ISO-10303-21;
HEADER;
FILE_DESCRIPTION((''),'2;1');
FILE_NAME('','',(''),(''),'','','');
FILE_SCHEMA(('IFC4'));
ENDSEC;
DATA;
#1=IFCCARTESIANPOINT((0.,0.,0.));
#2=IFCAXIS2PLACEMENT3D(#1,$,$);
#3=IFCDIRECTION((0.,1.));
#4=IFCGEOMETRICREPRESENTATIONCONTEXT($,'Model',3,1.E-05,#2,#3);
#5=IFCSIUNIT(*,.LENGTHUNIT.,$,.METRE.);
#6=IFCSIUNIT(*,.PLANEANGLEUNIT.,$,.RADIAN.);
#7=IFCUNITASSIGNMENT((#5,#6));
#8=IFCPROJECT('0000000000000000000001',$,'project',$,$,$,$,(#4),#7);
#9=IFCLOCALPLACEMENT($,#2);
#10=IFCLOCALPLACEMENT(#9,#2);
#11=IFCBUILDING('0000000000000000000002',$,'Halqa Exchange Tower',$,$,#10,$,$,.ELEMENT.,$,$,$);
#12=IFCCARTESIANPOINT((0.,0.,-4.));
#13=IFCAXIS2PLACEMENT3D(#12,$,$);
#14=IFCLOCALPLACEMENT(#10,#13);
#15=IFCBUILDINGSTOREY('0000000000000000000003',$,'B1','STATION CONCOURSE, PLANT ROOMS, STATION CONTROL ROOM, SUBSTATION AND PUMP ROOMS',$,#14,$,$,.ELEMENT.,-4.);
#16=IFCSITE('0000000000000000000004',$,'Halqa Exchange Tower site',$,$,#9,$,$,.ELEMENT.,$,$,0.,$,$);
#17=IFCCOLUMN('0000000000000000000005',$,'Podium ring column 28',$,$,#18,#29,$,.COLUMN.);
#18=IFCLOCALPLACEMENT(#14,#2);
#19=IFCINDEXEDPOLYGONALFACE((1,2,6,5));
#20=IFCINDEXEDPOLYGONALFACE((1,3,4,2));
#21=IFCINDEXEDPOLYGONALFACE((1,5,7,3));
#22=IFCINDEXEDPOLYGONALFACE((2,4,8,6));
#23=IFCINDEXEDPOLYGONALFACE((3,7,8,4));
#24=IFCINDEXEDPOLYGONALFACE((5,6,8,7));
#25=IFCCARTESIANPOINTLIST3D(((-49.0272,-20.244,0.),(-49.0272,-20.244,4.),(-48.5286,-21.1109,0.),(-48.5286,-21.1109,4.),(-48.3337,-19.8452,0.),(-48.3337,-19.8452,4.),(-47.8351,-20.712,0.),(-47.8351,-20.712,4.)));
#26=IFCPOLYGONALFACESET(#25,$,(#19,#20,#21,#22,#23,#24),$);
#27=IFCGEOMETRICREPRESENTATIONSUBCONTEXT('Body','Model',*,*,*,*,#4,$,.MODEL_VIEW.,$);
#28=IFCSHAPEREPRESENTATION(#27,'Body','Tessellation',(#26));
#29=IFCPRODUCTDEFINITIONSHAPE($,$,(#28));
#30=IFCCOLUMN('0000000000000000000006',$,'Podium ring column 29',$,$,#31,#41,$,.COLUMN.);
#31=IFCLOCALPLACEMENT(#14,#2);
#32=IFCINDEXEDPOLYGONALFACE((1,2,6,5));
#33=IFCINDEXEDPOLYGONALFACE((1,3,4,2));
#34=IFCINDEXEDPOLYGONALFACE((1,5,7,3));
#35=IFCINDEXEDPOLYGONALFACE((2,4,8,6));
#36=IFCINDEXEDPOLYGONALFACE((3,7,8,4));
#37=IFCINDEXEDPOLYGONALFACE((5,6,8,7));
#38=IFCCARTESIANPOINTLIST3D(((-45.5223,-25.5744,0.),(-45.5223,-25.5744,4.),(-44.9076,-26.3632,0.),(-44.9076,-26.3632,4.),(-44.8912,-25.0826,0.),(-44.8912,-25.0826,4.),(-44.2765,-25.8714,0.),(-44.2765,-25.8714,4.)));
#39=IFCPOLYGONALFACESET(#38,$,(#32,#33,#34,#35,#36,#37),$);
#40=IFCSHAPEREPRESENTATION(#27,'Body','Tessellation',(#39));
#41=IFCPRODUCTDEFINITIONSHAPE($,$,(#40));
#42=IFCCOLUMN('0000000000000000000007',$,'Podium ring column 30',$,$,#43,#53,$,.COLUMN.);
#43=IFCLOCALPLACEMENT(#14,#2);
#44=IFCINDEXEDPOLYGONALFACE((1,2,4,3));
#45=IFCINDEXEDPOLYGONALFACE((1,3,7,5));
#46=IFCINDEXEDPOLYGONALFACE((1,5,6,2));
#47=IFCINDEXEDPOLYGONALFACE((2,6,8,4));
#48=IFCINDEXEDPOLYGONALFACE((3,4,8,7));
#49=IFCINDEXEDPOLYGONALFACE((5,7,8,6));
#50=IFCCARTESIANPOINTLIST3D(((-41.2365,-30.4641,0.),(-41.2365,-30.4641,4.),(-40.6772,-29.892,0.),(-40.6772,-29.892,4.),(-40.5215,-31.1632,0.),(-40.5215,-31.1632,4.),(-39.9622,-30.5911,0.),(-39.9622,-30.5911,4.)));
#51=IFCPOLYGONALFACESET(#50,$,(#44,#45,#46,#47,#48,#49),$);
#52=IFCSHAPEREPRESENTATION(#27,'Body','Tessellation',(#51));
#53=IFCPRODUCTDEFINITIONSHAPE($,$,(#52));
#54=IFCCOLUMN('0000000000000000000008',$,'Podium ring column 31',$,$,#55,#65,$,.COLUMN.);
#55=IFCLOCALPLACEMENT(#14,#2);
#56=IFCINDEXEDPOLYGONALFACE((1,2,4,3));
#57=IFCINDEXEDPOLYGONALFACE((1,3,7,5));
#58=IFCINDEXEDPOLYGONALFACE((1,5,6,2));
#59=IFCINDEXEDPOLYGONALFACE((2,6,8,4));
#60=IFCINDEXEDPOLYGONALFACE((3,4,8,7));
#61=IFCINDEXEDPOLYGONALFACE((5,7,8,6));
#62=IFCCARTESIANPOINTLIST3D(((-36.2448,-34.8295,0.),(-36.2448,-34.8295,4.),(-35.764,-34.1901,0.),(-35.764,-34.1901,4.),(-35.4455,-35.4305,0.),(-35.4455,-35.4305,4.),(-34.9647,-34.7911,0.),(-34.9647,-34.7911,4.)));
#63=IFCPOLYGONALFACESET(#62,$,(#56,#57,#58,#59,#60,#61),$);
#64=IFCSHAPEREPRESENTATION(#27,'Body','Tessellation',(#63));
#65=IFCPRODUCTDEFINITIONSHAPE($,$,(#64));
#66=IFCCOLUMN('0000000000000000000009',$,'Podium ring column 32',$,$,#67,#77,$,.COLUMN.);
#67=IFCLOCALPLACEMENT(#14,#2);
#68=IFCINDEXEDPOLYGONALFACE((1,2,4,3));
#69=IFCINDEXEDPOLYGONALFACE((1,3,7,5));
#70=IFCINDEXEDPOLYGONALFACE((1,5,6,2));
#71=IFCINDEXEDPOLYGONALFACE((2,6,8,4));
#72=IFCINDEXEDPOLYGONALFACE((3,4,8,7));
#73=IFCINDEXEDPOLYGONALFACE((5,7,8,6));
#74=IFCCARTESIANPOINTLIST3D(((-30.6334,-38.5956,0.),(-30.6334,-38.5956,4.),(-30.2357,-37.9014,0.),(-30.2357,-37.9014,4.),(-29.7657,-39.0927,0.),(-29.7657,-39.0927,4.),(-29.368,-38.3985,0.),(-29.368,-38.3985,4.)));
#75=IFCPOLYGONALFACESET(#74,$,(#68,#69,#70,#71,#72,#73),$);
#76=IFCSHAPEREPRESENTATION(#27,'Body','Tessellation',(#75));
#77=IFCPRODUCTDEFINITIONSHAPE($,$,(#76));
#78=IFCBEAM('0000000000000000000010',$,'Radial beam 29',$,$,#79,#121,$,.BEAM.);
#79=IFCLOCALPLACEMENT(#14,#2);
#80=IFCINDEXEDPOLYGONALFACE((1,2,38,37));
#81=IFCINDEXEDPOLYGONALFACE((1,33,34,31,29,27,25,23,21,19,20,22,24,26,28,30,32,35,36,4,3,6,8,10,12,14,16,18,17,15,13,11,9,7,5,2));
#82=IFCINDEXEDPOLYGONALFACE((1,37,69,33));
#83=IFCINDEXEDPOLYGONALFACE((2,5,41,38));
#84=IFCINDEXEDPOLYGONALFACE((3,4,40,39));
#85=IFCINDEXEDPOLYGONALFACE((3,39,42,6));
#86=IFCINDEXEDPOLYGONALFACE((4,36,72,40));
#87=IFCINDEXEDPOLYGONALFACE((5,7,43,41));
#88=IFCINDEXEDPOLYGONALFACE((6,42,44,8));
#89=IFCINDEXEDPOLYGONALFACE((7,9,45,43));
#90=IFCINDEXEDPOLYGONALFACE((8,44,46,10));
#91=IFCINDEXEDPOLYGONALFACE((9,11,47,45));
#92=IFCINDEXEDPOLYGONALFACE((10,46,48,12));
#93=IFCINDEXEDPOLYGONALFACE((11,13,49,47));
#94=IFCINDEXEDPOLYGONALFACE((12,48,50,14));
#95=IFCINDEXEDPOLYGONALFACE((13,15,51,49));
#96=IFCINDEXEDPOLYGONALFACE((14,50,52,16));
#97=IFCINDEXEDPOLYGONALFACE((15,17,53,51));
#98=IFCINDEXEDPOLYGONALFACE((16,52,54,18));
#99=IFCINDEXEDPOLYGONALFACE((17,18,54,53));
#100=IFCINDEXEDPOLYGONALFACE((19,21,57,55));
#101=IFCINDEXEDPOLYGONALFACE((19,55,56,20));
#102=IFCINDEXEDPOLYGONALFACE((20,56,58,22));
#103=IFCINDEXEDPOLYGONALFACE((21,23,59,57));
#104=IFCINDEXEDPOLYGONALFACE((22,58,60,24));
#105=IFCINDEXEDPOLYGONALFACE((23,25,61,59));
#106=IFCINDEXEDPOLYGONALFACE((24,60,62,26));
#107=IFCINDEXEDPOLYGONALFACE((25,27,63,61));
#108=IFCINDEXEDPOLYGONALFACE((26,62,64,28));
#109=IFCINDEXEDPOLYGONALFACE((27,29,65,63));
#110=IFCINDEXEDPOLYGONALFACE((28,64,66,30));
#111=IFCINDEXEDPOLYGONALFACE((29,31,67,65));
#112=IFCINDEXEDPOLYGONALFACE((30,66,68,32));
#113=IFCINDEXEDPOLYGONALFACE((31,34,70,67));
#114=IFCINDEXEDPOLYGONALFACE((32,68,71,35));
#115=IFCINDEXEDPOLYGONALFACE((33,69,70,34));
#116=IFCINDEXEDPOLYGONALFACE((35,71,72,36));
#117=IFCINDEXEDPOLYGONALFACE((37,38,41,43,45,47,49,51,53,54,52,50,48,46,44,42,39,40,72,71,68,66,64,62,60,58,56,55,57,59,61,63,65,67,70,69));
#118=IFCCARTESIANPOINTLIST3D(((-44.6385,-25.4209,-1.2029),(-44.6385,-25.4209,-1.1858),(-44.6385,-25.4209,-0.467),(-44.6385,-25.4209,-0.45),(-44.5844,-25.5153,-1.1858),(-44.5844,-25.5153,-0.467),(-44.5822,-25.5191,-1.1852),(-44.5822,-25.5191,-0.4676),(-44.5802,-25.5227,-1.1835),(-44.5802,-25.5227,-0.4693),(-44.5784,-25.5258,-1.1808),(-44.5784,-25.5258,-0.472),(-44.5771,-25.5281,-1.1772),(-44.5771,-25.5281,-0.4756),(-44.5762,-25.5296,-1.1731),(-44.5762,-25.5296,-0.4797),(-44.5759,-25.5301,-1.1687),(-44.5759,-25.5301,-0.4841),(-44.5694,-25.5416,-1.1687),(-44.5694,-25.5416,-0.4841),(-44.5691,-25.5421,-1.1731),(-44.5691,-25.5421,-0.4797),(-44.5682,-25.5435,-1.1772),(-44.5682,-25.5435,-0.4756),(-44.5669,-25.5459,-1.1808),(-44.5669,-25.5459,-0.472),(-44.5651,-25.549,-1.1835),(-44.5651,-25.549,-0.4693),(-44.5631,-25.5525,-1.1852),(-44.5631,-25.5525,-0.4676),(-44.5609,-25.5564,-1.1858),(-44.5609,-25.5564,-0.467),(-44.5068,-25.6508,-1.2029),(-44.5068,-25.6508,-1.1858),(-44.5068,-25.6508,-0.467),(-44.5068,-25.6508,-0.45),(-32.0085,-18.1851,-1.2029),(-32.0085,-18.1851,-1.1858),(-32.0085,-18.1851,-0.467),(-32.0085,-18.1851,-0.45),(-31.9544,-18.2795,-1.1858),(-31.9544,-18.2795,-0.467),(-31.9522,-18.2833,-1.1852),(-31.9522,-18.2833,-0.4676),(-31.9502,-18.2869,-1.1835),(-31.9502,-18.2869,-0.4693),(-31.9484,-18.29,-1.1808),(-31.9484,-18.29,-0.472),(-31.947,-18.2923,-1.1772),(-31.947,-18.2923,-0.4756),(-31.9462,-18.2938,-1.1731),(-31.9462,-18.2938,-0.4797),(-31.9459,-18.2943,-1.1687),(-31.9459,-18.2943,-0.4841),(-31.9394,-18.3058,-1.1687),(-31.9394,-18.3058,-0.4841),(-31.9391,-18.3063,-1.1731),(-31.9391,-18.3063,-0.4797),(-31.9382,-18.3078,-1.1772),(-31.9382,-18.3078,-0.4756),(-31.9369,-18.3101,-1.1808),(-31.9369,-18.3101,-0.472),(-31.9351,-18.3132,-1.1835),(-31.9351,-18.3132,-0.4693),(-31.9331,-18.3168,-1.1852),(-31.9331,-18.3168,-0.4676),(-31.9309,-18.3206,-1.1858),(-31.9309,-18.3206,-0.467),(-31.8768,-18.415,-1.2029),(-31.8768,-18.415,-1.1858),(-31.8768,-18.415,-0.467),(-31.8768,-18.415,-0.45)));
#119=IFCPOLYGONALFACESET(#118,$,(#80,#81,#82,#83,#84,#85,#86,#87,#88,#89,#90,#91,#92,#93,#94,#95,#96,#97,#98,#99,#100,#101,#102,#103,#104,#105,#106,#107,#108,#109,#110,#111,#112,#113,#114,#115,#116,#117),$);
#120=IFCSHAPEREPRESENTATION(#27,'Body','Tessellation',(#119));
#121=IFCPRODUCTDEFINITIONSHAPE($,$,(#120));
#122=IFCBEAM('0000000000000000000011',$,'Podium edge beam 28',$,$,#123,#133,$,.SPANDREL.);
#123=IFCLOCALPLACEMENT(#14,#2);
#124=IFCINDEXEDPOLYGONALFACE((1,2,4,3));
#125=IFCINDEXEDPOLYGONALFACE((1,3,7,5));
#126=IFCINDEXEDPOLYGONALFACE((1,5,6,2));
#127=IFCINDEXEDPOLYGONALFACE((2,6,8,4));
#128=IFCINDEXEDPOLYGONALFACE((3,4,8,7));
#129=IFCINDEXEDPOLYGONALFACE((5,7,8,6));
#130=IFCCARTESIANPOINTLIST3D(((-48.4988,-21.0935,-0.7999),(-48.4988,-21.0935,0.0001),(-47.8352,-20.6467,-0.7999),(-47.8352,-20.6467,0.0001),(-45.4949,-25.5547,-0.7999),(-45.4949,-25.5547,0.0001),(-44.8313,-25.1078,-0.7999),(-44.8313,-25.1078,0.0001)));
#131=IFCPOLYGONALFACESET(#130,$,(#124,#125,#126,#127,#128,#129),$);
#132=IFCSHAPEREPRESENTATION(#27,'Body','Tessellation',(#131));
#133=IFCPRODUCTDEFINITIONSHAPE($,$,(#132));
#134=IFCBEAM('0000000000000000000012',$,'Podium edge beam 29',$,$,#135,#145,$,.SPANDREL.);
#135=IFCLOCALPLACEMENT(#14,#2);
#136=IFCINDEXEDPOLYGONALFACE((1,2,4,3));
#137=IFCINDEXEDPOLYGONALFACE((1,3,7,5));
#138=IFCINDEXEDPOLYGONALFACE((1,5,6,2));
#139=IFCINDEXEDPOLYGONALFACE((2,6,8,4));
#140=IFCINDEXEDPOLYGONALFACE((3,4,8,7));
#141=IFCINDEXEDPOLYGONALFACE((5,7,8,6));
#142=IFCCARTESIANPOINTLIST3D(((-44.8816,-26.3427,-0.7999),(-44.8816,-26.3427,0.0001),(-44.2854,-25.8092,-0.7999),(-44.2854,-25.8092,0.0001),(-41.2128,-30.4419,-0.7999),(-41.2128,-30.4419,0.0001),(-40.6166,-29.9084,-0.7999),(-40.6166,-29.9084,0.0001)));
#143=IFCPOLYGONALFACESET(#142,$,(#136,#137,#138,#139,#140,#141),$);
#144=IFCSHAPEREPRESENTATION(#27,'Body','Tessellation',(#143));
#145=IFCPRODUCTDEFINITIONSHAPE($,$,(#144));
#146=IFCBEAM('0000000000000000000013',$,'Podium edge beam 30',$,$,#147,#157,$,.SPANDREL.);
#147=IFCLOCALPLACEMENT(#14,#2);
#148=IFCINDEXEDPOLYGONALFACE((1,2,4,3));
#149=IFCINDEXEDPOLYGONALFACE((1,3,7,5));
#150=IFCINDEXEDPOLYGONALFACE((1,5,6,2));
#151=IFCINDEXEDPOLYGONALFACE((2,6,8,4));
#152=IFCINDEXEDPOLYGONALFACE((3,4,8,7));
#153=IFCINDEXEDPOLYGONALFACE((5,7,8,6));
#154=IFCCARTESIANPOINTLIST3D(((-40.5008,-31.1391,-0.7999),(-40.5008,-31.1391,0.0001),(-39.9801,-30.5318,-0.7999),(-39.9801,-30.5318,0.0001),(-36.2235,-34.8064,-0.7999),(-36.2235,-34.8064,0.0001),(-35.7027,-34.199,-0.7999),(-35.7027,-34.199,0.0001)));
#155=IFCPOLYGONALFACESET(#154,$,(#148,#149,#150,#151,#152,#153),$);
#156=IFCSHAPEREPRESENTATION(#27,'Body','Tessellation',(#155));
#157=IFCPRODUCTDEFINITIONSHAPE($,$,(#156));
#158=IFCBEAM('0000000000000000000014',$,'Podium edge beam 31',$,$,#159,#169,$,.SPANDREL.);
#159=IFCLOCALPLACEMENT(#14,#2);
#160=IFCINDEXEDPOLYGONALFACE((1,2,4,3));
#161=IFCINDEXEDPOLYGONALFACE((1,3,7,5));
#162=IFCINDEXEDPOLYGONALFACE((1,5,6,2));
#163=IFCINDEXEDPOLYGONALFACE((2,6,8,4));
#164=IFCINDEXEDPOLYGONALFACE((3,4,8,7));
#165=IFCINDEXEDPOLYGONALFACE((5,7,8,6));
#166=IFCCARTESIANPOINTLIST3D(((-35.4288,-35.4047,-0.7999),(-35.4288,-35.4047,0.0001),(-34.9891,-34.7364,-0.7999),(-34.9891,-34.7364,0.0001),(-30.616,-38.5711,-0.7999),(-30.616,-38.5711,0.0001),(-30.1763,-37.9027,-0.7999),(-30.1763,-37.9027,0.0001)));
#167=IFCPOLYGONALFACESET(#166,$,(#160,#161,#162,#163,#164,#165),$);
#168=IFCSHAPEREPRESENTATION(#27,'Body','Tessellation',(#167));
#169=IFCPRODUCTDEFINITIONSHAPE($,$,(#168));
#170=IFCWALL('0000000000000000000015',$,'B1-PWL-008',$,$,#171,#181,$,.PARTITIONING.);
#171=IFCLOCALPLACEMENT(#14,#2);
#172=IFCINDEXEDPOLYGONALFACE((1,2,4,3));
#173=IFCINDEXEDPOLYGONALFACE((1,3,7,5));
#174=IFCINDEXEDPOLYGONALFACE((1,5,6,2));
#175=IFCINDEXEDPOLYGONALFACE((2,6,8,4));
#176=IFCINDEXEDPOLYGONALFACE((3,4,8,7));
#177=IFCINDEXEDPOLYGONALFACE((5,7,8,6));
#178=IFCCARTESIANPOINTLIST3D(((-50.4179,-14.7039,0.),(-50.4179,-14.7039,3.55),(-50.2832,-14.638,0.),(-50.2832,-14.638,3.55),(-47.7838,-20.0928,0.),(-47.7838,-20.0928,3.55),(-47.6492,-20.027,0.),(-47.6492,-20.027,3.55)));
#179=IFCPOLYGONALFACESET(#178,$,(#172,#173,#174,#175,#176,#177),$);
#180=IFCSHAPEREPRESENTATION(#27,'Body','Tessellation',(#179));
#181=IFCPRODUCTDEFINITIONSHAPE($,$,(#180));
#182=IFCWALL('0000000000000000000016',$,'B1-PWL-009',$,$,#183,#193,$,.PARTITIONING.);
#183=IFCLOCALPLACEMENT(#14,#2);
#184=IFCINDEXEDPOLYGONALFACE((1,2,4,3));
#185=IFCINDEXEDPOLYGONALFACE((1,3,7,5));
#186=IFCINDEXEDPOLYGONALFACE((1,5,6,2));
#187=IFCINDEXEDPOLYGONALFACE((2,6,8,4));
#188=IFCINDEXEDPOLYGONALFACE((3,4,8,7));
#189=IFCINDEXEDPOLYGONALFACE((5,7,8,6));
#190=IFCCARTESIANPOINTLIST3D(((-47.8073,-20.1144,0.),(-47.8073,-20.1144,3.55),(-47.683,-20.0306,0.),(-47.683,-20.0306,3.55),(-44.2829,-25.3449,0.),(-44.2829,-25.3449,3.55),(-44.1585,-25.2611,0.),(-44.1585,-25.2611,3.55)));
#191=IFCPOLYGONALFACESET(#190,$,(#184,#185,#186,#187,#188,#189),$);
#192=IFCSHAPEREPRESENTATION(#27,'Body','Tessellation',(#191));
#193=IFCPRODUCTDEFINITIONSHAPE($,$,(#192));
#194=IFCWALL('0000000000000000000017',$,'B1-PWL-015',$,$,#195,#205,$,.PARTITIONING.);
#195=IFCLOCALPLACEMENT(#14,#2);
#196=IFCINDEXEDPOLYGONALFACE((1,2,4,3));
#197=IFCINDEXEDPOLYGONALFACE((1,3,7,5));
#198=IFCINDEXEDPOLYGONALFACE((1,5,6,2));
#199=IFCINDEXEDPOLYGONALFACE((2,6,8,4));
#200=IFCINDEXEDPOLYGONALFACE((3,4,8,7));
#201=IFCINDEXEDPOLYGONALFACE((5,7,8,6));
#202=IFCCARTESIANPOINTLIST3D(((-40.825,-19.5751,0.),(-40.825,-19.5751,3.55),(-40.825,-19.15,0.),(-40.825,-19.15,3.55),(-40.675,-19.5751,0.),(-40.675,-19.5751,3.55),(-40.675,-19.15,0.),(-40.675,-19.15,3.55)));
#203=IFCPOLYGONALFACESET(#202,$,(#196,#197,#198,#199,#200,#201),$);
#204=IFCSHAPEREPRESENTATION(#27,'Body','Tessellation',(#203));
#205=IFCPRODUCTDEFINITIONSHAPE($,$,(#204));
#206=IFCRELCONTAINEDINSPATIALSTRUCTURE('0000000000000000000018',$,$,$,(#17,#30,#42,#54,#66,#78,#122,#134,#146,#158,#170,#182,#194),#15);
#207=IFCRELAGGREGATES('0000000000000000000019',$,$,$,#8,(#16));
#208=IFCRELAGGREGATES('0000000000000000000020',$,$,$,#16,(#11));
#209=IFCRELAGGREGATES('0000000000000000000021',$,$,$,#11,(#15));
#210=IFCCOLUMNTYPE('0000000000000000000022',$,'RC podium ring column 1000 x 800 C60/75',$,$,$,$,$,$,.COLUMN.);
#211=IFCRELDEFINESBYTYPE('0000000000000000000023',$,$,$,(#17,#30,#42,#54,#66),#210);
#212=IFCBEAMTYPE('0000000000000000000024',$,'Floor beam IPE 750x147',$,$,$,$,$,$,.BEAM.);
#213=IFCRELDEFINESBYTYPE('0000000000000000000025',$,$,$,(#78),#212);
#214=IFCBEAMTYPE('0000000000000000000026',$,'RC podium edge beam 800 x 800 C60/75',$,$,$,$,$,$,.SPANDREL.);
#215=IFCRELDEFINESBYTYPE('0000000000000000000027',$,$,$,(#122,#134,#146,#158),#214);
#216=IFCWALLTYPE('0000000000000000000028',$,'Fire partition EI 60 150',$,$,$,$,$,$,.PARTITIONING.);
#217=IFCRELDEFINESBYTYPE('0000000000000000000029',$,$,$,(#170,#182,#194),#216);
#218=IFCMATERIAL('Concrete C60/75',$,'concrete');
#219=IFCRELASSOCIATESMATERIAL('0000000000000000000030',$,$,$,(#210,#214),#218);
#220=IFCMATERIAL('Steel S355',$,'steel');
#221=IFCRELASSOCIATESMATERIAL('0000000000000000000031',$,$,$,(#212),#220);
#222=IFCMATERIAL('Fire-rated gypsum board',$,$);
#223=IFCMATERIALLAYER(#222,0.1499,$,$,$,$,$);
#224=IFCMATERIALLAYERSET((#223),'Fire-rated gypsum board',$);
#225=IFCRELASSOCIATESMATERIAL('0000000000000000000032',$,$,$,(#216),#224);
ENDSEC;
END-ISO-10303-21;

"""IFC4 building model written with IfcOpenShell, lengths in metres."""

from ifc_helpers import new_model, si_unit, direction, frame, frame_2d, origin, origin_2d, place, context, subcontext, project, spatial, rectangle, i_section, extrude, material, layer, layer_set, material_profile, profile_set, type_object, element, save


model = new_model("IFC4")

# Units and contexts
model_context = context("Model", 3, precision=1e-05, world=origin(), true_north=direction((0.0, 1.0)))
body_context = subcontext(model_context, "Body", "Model", "MODEL_VIEW")
ifc_project = project(units=[si_unit("LENGTHUNIT", "METRE"), si_unit("PLANEANGLEUNIT", "RADIAN")], contexts=[model_context])

# Site, building, storey
site_placement = place(None, origin())
site = spatial("IfcSite", under=ifc_project, at=site_placement, Name="Halqa Exchange Tower site", CompositionType="ELEMENT", RefElevation=0.0)
building_placement = place(site_placement, origin())
building = spatial("IfcBuilding", under=site, at=building_placement, Name="Halqa Exchange Tower", CompositionType="ELEMENT")
storey_placement = place(building_placement, frame((0.0, 0.0, -4.0)))
storey = spatial("IfcBuildingStorey", under=building, at=storey_placement, Name="B1", Description="STATION CONCOURSE, PLANT ROOMS, STATION CONTROL ROOM, SUBSTATION AND PUMP ROOMS", CompositionType="ELEMENT", Elevation=-4.0)

# Columns
ifc_material_1 = material(Name="Concrete C60/75", Category="concrete")
ifc_material_profile_1 = material_profile(ifc_material_1, rectangle(XDim=1.0, YDim=0.8, at=origin_2d()), Name="1000 x 800")
ifc_profile_set_1 = profile_set([ifc_material_profile_1], Name="Concrete C60/75")
column_type = type_object("IfcColumnType", Name="RC podium ring column 1000 x 800 C60/75", PredefinedType="COLUMN", material=ifc_profile_set_1)
for number, where, z_axis, x_axis, name in (
    (1, (-48.4312, -20.478, 0.0), (0.0, 0.0, 1.0), (0.498569, -0.86685, 0.0), "Podium ring column 28"),
    (2, (-44.8994, -25.7229, 0.0), (0.0, 0.0, 1.0), (0.614691, -0.788768, 0.0), "Podium ring column 29"),
    (3, (-40.5994, -30.5276, 0.0), (0.0, 0.0, 1.0), (0.715039, -0.699085, 0.0), "Podium ring column 30"),
    (4, (-35.6047, -34.8103, 0.0), (0.0, 0.0, 1.0), (0.79926, -0.600985, 0.0), "Podium ring column 31"),
    (5, (-30.0007, -38.4971, 0.0), (0.0, 0.0, 1.0), (0.867693, -0.4971, 0.0), "Podium ring column 32"),
):
    element("IfcColumn", number, at=place(storey_placement, frame(where, z_axis=z_axis, x_axis=x_axis)), inside=storey, type_object=column_type, Name=name, PredefinedType="COLUMN", context=body_context, shape_type="SweptSolid", body=[
        extrude(rectangle(XDim=1.0, YDim=0.8, at=origin_2d()), origin(), (0.0, 0.0, 1.0), 4.0),
    ])

# Beams
ifc_material_2 = material(Name="Steel S355", Category="steel")
ifc_material_profile_2 = material_profile(ifc_material_2, i_section(OverallWidth=0.2649, OverallDepth=0.7529, WebThickness=0.0132, FlangeThickness=0.0171, FilletRadius=0.0171, at=origin_2d()), Name="IPE 750x147")
ifc_profile_set_2 = profile_set([ifc_material_profile_2], Name="Steel S355")
beam_type_1 = type_object("IfcBeamType", Name="Floor beam IPE 750x147", PredefinedType="BEAM", material=ifc_profile_set_2)
beam_1_placement = place(storey_placement, frame((-31.9426, -18.3, -0.8264), z_axis=(-0.867691, -0.497103, 0.0), x_axis=(0.497103, -0.867691, 0.0)))
element("IfcBeam", 6, at=beam_1_placement, inside=storey, type_object=beam_type_1, Name="Radial beam 29", PredefinedType="BEAM", context=body_context, shape_type="SweptSolid", body=[
    extrude(i_section(OverallWidth=0.2649, OverallDepth=0.7529, WebThickness=0.0132, FlangeThickness=0.0171, FilletRadius=0.0171, at=origin_2d()), origin(), (0.0, 0.0, 1.0), 14.5559),
])
ifc_material_profile_3 = material_profile(ifc_material_1, rectangle(XDim=0.8, YDim=0.8, at=origin_2d()), Name="800 x 800")
ifc_profile_set_3 = profile_set([ifc_material_profile_3], Name="Concrete C60/75")
beam_type_2 = type_object("IfcBeamType", Name="RC podium edge beam 800 x 800 C60/75", PredefinedType="SPANDREL", material=ifc_profile_set_3)
beam_2_placement = place(storey_placement, frame((-48.167, -20.8701, -0.3999), z_axis=(0.558528, -0.829485, 0.0), x_axis=(0.829485, 0.558528, 0.0)))
element("IfcBeam", 7, at=beam_2_placement, inside=storey, type_object=beam_type_2, Name="Podium edge beam 28", PredefinedType="SPANDREL", context=body_context, shape_type="SweptSolid", body=[
    extrude(rectangle(XDim=0.8, YDim=0.8, at=origin_2d()), origin(), (0.0, 0.0, 1.0), 5.3782),
])
beam_3_placement = place(storey_placement, frame((-44.5835, -26.0759, -0.3999), z_axis=(0.666903, -0.745145, 0.0), x_axis=(0.745145, 0.666903, 0.0)))
element("IfcBeam", 8, at=beam_3_placement, inside=storey, type_object=beam_type_2, Name="Podium edge beam 29", PredefinedType="SPANDREL", context=body_context, shape_type="SweptSolid", body=[
    extrude(rectangle(XDim=0.8, YDim=0.8, at=origin_2d()), origin(), (0.0, 0.0, 1.0), 5.5012),
])
beam_4_placement = place(storey_placement, frame((-40.2405, -30.8354, -0.3999), z_axis=(0.759174, -0.650888, 0.0), x_axis=(0.650888, 0.759174, 0.0)))
element("IfcBeam", 9, at=beam_4_placement, inside=storey, type_object=beam_type_2, Name="Podium edge beam 30", PredefinedType="SPANDREL", context=body_context, shape_type="SweptSolid", body=[
    extrude(rectangle(XDim=0.8, YDim=0.8, at=origin_2d()), origin(), (0.0, 0.0, 1.0), 5.6343),
])
beam_5_placement = place(storey_placement, frame((-35.209, -35.0706, -0.3999), z_axis=(0.835419, -0.549614, 0.0), x_axis=(0.549614, 0.835419, 0.0)))
element("IfcBeam", 10, at=beam_5_placement, inside=storey, type_object=beam_type_2, Name="Podium edge beam 31", PredefinedType="SPANDREL", context=body_context, shape_type="SweptSolid", body=[
    extrude(rectangle(XDim=0.8, YDim=0.8, at=origin_2d()), origin(), (0.0, 0.0, 1.0), 5.761),
])

# Walls
ifc_material_3 = material(Name="Fire-rated gypsum board")
ifc_layer_1 = layer(ifc_material_3, 0.1499)
ifc_layer_set_1 = layer_set([ifc_layer_1], Name="Fire-rated gypsum board")
wall_type_1 = type_object("IfcWallType", Name="Fire partition EI 60 150", PredefinedType="PARTITIONING", material=ifc_layer_set_1)
wall_1_placement = place(storey_placement, frame((-47.7166, -20.0598, 0.0), z_axis=(0.0, 0.0, 1.0), x_axis=(-0.439136, 0.89842, 0.0)))
element("IfcWall", 11, at=wall_1_placement, inside=storey, type_object=wall_type_1, Name="B1-PWL-008", PredefinedType="PARTITIONING", context=body_context, shape_type="SweptSolid", body=[
    extrude(rectangle(XDim=5.9983, YDim=0.1499, at=frame_2d((2.999, 0.0))), origin(), (0.0, 0.0, 1.0), 3.55),
])
wall_2_placement = place(storey_placement, frame((-44.2207, -25.303, 0.0), z_axis=(0.0, 0.0, 1.0), x_axis=(-0.558803, 0.829301, 0.0)))
element("IfcWall", 12, at=wall_2_placement, inside=storey, type_object=wall_type_1, Name="B1-PWL-009", PredefinedType="PARTITIONING", context=body_context, shape_type="SweptSolid", body=[
    extrude(rectangle(XDim=6.3071, YDim=0.1499, at=frame_2d((3.1536, 0.0))), origin(), (0.0, 0.0, 1.0), 3.55),
])
wall_3_placement = place(storey_placement, frame((-40.75, -19.575, 0.0), z_axis=(0.0, 0.0, 1.0), x_axis=(0.0, 1.0, 0.0)))
element("IfcWall", 13, at=wall_3_placement, inside=storey, type_object=wall_type_1, Name="B1-PWL-015", PredefinedType="PARTITIONING", context=body_context, shape_type="SweptSolid", body=[
    extrude(rectangle(XDim=0.425, YDim=0.1499, at=frame_2d((0.2124, 0.0))), origin(), (0.0, 0.0, 1.0), 3.55),
])

save(model, "model.ifc")
